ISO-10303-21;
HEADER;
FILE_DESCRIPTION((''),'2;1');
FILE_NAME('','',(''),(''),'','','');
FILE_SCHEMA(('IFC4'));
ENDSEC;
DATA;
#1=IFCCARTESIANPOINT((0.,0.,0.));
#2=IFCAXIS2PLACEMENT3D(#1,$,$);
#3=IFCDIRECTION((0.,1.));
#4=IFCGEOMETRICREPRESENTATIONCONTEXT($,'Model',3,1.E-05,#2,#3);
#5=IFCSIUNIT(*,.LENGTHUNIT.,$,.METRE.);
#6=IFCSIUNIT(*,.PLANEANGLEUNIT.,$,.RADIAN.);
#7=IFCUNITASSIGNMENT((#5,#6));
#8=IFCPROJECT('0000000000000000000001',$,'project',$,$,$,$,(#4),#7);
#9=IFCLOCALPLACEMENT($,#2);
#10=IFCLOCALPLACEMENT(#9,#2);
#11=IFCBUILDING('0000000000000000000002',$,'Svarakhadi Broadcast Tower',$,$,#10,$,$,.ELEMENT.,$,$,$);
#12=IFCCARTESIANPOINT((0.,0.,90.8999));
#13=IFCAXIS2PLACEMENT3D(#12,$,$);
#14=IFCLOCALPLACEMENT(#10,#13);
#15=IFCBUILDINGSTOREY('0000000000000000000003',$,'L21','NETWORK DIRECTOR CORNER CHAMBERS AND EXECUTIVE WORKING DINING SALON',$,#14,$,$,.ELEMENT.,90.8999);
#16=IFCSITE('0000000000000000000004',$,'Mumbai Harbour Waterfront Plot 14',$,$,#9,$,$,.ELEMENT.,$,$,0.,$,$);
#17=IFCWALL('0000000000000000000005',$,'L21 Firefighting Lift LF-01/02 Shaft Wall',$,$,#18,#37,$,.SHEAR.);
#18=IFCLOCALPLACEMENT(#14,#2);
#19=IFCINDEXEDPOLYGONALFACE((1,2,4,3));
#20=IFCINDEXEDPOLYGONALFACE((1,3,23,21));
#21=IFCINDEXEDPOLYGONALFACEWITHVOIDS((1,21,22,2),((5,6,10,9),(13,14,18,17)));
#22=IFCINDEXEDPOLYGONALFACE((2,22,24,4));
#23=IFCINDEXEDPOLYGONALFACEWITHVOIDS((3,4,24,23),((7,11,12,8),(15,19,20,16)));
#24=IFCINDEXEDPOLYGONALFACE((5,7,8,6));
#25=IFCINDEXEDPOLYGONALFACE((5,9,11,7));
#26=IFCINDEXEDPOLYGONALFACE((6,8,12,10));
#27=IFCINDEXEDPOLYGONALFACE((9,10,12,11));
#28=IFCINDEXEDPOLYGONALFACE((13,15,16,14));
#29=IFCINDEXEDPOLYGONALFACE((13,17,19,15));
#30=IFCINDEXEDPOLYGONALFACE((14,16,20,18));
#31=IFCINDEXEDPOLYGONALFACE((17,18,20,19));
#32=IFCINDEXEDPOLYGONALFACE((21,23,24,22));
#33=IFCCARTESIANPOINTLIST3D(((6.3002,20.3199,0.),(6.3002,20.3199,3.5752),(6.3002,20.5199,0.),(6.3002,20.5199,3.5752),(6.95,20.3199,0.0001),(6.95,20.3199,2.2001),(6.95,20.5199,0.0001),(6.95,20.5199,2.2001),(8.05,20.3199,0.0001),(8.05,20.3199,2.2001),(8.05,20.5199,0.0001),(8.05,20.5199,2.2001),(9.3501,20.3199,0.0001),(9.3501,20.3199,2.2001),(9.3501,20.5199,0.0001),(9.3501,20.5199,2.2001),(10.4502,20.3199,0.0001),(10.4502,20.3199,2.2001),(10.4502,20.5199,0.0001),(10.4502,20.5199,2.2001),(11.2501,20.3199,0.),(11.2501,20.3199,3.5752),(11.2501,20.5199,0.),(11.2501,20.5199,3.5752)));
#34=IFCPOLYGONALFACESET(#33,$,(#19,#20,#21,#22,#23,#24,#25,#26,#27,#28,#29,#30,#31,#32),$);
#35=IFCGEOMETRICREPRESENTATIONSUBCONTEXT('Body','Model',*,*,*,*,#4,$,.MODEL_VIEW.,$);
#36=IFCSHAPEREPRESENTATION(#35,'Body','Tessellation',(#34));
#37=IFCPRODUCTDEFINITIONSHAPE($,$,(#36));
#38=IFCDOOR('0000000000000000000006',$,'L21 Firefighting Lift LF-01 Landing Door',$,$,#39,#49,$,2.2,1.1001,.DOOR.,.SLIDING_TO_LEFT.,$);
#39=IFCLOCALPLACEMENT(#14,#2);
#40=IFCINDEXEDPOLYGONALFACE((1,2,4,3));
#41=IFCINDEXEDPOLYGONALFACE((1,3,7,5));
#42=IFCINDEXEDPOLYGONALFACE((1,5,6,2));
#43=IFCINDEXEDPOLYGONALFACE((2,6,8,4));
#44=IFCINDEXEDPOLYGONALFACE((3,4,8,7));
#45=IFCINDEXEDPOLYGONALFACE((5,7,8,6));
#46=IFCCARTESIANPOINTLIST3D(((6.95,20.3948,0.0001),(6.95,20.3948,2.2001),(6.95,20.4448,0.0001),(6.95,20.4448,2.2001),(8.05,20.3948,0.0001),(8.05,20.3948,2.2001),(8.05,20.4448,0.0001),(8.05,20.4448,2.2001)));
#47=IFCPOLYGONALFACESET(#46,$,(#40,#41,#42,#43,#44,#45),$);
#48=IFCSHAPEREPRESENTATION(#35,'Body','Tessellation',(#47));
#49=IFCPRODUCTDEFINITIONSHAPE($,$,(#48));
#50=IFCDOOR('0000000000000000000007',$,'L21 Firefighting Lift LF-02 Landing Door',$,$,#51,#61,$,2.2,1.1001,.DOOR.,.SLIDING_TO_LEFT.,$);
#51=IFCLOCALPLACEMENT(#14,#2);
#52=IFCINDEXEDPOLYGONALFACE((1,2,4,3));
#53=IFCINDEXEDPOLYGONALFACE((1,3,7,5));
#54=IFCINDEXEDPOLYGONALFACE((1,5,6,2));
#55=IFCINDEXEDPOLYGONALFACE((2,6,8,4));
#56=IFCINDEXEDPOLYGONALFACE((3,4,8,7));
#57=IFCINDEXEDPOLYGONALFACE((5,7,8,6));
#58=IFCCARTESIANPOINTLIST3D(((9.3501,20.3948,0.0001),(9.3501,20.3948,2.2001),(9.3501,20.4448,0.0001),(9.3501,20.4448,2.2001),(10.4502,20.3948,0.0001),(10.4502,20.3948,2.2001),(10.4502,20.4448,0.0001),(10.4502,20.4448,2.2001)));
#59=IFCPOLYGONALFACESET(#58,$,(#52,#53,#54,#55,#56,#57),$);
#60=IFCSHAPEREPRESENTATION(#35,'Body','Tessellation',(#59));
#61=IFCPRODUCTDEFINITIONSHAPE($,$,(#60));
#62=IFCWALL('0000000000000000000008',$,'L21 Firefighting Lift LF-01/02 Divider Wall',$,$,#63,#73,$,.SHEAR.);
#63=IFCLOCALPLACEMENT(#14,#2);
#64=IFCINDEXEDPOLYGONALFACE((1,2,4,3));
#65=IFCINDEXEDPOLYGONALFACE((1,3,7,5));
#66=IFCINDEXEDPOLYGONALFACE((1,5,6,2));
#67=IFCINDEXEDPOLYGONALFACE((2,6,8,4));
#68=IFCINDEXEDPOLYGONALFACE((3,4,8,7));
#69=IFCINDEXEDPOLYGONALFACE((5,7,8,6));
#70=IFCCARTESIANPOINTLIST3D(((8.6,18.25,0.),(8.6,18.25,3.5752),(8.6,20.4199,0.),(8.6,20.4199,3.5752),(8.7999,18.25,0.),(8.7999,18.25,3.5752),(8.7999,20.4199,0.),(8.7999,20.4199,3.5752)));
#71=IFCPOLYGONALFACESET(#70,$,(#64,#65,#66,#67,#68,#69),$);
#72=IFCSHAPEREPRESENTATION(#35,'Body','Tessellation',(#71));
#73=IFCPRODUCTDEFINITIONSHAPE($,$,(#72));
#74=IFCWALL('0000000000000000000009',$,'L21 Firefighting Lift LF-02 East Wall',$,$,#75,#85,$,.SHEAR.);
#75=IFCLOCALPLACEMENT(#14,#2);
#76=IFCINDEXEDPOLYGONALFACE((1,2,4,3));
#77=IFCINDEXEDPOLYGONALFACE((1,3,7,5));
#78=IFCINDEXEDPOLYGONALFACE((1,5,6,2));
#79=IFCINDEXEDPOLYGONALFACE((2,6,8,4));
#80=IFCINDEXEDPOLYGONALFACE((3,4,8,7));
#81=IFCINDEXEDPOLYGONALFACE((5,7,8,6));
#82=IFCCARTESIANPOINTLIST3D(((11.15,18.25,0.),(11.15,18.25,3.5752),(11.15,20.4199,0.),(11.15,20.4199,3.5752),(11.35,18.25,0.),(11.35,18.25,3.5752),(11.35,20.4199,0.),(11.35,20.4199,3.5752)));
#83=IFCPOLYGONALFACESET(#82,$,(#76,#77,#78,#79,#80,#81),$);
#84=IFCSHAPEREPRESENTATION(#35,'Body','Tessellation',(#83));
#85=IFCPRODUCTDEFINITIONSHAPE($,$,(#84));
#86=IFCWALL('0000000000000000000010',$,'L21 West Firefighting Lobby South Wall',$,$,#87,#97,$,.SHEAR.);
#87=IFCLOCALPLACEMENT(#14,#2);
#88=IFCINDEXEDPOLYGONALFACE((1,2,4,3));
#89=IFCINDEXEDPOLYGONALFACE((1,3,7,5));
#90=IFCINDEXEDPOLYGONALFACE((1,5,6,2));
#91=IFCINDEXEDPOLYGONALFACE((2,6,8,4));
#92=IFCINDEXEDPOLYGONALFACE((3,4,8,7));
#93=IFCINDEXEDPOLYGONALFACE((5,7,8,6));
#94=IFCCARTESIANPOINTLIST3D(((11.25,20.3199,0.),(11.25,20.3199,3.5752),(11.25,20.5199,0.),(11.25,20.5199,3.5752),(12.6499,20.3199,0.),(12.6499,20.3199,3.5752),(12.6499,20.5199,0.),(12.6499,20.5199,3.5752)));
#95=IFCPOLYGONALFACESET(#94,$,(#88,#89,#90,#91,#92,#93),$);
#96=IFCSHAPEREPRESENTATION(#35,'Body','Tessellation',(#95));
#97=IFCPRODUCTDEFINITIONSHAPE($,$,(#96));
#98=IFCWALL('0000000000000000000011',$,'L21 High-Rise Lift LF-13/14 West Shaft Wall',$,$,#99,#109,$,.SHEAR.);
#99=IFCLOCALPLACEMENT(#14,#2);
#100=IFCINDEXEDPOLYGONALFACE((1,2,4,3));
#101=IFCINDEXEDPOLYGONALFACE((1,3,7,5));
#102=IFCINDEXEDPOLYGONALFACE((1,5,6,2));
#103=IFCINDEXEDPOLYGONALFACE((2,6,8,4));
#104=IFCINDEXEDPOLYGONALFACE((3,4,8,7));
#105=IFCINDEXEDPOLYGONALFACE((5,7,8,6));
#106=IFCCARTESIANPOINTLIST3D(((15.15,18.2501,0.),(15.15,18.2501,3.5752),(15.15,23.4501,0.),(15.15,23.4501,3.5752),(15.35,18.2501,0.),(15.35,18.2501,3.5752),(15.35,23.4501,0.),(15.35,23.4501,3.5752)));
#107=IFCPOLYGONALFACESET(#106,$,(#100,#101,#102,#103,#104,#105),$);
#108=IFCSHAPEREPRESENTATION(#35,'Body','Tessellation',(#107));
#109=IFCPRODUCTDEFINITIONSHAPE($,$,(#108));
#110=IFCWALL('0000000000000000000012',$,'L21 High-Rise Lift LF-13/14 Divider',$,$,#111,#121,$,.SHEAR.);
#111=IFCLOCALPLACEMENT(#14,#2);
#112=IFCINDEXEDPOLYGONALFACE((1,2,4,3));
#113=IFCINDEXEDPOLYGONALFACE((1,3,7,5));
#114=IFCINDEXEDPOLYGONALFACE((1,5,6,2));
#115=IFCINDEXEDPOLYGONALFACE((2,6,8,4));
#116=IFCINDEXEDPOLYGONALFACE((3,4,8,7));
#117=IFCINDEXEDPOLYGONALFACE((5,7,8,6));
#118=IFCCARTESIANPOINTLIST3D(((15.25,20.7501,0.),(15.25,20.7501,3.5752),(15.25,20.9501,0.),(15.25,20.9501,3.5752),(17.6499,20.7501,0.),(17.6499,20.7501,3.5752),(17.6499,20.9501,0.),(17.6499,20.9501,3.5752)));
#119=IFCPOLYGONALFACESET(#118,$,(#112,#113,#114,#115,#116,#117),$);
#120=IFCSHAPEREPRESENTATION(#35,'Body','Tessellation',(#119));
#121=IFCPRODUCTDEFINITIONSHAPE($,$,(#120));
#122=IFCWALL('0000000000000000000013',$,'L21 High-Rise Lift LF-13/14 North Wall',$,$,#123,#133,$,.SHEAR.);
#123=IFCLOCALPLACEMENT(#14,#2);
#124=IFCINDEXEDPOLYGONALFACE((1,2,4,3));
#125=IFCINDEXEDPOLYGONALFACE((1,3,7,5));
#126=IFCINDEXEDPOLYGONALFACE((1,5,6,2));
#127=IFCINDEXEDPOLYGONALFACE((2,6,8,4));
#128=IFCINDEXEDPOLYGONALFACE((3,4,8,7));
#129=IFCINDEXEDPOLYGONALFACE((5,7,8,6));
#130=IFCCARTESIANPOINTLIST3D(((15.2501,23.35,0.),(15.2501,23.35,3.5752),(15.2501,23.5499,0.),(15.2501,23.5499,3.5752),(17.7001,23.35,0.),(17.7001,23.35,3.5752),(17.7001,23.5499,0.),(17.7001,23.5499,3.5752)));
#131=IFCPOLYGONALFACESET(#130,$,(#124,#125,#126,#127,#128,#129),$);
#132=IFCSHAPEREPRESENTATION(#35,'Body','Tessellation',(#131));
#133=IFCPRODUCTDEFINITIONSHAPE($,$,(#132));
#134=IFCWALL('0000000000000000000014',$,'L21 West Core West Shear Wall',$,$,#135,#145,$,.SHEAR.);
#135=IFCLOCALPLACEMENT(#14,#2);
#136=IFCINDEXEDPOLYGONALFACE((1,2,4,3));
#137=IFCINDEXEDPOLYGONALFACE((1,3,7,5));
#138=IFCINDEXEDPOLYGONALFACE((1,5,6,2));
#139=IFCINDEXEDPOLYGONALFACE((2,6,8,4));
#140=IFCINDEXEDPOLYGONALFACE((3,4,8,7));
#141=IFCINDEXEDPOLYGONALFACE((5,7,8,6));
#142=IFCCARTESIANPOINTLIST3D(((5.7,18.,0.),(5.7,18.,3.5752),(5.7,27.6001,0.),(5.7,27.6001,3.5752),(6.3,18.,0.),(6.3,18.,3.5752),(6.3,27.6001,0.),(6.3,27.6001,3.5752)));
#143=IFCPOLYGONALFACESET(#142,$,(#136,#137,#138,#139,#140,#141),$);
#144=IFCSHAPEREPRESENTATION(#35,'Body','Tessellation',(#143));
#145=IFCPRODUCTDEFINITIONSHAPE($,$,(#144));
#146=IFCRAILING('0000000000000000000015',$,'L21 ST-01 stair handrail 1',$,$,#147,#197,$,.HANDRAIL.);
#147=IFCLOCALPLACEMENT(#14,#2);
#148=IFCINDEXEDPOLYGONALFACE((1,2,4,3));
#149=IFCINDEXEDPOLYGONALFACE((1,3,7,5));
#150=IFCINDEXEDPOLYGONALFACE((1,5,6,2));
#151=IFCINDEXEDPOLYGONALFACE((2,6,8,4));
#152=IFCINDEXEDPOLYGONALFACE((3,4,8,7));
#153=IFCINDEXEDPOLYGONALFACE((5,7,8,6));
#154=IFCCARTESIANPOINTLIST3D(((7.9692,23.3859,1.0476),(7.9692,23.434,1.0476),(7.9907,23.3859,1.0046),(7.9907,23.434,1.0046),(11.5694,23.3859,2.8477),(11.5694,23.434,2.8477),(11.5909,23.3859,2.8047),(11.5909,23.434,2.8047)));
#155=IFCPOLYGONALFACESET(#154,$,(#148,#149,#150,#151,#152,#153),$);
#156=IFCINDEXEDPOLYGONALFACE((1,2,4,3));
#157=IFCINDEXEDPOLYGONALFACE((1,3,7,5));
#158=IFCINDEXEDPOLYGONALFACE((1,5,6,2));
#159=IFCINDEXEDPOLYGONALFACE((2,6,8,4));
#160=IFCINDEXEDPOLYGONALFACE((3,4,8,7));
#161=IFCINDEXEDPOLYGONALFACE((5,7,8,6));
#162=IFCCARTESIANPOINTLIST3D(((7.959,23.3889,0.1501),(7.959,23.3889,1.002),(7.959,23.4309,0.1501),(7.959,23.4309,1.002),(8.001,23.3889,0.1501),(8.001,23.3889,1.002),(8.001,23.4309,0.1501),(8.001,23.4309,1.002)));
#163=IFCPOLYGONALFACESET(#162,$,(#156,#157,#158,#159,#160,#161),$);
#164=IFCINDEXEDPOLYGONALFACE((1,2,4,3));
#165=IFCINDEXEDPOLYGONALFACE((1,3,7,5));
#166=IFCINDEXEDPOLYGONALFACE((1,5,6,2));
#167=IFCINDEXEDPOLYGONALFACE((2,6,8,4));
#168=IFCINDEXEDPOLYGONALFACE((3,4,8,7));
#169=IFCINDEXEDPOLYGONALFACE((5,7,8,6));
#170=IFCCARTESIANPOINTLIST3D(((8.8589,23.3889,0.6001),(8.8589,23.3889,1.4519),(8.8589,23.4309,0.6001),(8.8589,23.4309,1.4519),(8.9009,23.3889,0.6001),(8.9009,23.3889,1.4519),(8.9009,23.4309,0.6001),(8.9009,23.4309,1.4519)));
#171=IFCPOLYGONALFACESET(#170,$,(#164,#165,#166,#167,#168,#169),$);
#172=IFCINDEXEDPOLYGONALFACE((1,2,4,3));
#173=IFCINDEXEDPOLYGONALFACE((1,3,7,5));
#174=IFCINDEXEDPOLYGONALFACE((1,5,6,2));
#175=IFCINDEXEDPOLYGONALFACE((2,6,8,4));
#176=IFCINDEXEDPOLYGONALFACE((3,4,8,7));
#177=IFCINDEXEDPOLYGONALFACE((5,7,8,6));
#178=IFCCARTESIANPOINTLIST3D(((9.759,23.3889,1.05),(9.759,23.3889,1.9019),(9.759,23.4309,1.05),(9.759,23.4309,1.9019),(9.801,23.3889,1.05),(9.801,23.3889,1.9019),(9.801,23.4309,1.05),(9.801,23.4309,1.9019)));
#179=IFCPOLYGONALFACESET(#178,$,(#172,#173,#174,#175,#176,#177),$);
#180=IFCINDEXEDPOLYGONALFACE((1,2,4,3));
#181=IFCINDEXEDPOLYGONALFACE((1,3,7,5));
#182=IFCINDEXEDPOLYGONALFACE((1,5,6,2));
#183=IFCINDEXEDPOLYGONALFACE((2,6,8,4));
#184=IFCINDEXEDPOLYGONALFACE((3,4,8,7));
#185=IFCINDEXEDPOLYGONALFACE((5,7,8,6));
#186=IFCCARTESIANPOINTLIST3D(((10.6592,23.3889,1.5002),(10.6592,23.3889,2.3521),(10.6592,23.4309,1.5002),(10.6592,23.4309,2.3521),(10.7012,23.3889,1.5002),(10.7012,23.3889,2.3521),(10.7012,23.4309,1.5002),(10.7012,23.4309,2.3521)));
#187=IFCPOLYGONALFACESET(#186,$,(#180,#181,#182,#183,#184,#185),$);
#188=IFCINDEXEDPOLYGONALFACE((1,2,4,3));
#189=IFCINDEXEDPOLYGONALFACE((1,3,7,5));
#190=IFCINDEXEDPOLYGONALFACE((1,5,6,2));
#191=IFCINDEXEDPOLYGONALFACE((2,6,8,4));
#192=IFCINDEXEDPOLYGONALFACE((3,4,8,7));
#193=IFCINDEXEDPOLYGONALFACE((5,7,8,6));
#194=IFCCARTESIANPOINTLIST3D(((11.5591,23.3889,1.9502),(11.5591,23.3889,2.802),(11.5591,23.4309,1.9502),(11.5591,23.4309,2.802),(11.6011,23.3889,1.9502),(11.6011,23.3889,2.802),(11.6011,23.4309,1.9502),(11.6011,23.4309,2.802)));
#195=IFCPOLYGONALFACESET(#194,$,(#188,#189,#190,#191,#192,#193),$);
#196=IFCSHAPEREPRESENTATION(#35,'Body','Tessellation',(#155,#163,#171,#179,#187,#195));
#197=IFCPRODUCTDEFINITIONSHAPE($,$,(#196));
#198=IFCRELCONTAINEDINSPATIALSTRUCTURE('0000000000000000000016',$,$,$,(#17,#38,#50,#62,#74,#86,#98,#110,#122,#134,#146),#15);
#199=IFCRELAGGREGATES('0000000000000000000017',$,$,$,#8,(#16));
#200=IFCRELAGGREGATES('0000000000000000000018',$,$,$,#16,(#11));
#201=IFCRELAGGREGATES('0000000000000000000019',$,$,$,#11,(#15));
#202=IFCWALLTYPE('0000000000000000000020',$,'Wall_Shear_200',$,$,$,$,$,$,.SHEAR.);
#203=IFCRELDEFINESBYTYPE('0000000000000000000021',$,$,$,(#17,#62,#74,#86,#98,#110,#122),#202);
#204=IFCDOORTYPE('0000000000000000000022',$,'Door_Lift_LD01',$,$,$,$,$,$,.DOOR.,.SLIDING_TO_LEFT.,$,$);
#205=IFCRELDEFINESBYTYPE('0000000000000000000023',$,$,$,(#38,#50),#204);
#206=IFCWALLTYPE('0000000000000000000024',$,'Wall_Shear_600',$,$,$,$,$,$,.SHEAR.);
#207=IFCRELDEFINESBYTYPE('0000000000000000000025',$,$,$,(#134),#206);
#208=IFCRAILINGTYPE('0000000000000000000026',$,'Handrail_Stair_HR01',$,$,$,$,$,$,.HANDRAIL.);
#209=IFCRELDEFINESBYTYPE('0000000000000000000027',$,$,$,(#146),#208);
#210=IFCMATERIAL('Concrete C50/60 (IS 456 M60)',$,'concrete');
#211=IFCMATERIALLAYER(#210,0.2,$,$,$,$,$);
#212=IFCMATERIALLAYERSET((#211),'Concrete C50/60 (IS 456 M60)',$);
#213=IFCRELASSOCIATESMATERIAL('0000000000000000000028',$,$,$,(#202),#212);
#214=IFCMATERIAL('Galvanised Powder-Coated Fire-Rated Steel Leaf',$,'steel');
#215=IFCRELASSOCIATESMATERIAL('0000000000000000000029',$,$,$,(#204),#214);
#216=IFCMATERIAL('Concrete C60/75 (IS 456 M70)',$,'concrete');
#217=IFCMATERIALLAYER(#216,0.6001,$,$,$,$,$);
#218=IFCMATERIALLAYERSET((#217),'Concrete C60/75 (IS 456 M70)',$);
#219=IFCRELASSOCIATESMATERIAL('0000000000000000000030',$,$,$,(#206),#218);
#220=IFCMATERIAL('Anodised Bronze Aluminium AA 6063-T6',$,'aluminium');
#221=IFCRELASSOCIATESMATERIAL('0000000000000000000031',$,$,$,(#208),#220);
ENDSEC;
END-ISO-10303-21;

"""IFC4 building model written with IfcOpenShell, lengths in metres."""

from ifc_helpers import new_model, si_unit, direction, frame, frame_2d, origin, origin_2d, place, context, subcontext, project, spatial, rectangle, extrude, material, layer, layer_set, type_object, element, fill, save


model = new_model("IFC4")

# Units and contexts
model_context = context("Model", 3, precision=1e-05, world=origin(), true_north=direction((0.0, 1.0)))
body_context = subcontext(model_context, "Body", "Model", "MODEL_VIEW")
ifc_project = project(units=[si_unit("LENGTHUNIT", "METRE"), si_unit("PLANEANGLEUNIT", "RADIAN")], contexts=[model_context])

# Site, building, storey
site_placement = place(None, origin())
site = spatial("IfcSite", under=ifc_project, at=site_placement, Name="Mumbai Harbour Waterfront Plot 14", CompositionType="ELEMENT", RefElevation=0.0)
building_placement = place(site_placement, origin())
building = spatial("IfcBuilding", under=site, at=building_placement, Name="Svarakhadi Broadcast Tower", CompositionType="ELEMENT")
storey_placement = place(building_placement, frame((0.0, 0.0, 90.8999)))
storey = spatial("IfcBuildingStorey", under=building, at=storey_placement, Name="L21", Description="NETWORK DIRECTOR CORNER CHAMBERS AND EXECUTIVE WORKING DINING SALON", CompositionType="ELEMENT", Elevation=90.8999)

# Shared definitions
ifc_material_1 = material(Name="Concrete C60/75 (IS 456 M70)", Category="concrete")

# Shared definitions
ifc_material_2 = material(Name="Concrete C50/60 (IS 456 M60)", Category="concrete")

# Shared definitions
ifc_layer_1 = layer(ifc_material_2, 0.2)
ifc_layer_set_1 = layer_set([ifc_layer_1], Name="Concrete C50/60 (IS 456 M60)")
wall_type_1 = type_object("IfcWallType", Name="Wall_Shear_200", PredefinedType="SHEAR", material=ifc_layer_set_1)
ifc_material_3 = material(Name="Galvanised Powder-Coated Fire-Rated Steel Leaf", Category="steel")

# Wall, openings, doors
wall_1_placement = place(storey_placement, frame((6.3, 20.4199, 0.0), z_axis=(0.0, 0.0, 1.0), x_axis=(1.0, 0.0, 0.0)))
wall_1 = element("IfcWall", 1, at=wall_1_placement, inside=storey, type_object=wall_type_1, Name="L21 Firefighting Lift LF-01/02 Shaft Wall", PredefinedType="SHEAR", context=body_context, shape_type="SweptSolid", body=[
    extrude(rectangle(XDim=4.95, YDim=0.2, at=frame_2d((2.4751, 0.0))), origin(), (0.0, 0.0, 1.0), 3.5752),
])
opening_1_placement = place(wall_1_placement, frame((0.6499, 0.0, 0.0)))
opening_1 = element("IfcOpeningElement", 2, at=opening_1_placement, cuts=wall_1, PredefinedType="OPENING", context=body_context, shape_type="SweptSolid", body=[
    extrude(rectangle(XDim=1.1001, YDim=2.2, at=frame_2d((0.55, 1.1001))), frame((0.0, 0.1099, 0.0), z_axis=(0.0, -1.0, 0.0), x_axis=(1.0, 0.0, 0.0)), (0.0, 0.0, 1.0), 0.22),
])
opening_2_placement = place(wall_1_placement, frame((3.05, 0.0, 0.0)))
opening_2 = element("IfcOpeningElement", 3, at=opening_2_placement, cuts=wall_1, PredefinedType="OPENING", context=body_context, shape_type="SweptSolid", body=[
    extrude(rectangle(XDim=1.1001, YDim=2.2, at=frame_2d((0.55, 1.1001))), frame((0.0, 0.1099, 0.0), z_axis=(0.0, -1.0, 0.0), x_axis=(1.0, 0.0, 0.0)), (0.0, 0.0, 1.0), 0.22),
])
door_type_1 = type_object("IfcDoorType", Name="Door_Lift_LD01", OperationType="SLIDING_TO_LEFT", PredefinedType="DOOR", material=ifc_material_3)
door_1_placement = place(opening_1_placement, origin())
door_1 = element("IfcDoor", 4, at=door_1_placement, inside=storey, type_object=door_type_1, Name="L21 Firefighting Lift LF-01 Landing Door", OperationType="SLIDING_TO_LEFT", OverallHeight=2.2, OverallWidth=1.1001, PredefinedType="DOOR", context=body_context, shape_type="SweptSolid", body=[
    extrude(rectangle(XDim=1.1001, YDim=2.2, at=frame_2d((0.55, 1.1001))), frame((0.0, 0.0249, 0.0), z_axis=(0.0, -1.0, 0.0), x_axis=(1.0, 0.0, 0.0)), (0.0, 0.0, 1.0), 0.05),
])
fill(opening_1, door_1)
door_2_placement = place(opening_2_placement, origin())
door_2 = element("IfcDoor", 5, at=door_2_placement, inside=storey, type_object=door_type_1, Name="L21 Firefighting Lift LF-02 Landing Door", OperationType="SLIDING_TO_LEFT", OverallHeight=2.2, OverallWidth=1.1001, PredefinedType="DOOR", context=body_context, shape_type="SweptSolid", body=[
    extrude(rectangle(XDim=1.1001, YDim=2.2, at=frame_2d((0.55, 1.1001))), frame((0.0, 0.0249, 0.0), z_axis=(0.0, -1.0, 0.0), x_axis=(1.0, 0.0, 0.0)), (0.0, 0.0, 1.0), 0.05),
])
fill(opening_2, door_2)

# Walls
for number, where, z_axis, x_axis, name in (
    (6, (8.7, 18.25, 0.0), (0.0, 0.0, 1.0), (0.0, 1.0, 0.0), "L21 Firefighting Lift LF-01/02 Divider Wall"),
    (7, (11.25, 18.25, 0.0), (0.0, 0.0, 1.0), (0.0, 1.0, 0.0), "L21 Firefighting Lift LF-02 East Wall"),
):
    element("IfcWall", number, at=place(storey_placement, frame(where, z_axis=z_axis, x_axis=x_axis)), inside=storey, type_object=wall_type_1, Name=name, PredefinedType="SHEAR", context=body_context, shape_type="SweptSolid", body=[
        extrude(rectangle(XDim=2.1699, YDim=0.2, at=frame_2d((1.085, 0.0))), origin(), (0.0, 0.0, 1.0), 3.5752),
    ])
wall_2_placement = place(storey_placement, frame((11.25, 20.4199, 0.0), z_axis=(0.0, 0.0, 1.0), x_axis=(1.0, 0.0, 0.0)))
element("IfcWall", 8, at=wall_2_placement, inside=storey, type_object=wall_type_1, Name="L21 West Firefighting Lobby South Wall", PredefinedType="SHEAR", context=body_context, shape_type="SweptSolid", body=[
    extrude(rectangle(XDim=1.3999, YDim=0.2, at=frame_2d((0.7, 0.0))), origin(), (0.0, 0.0, 1.0), 3.5752),
])

# Walls
wall_3_placement = place(storey_placement, frame((15.25, 18.25, 0.0), z_axis=(0.0, 0.0, 1.0), x_axis=(0.0, 1.0, 0.0)))
element("IfcWall", 9, at=wall_3_placement, inside=storey, type_object=wall_type_1, Name="L21 High-Rise Lift LF-13/14 West Shaft Wall", PredefinedType="SHEAR", context=body_context, shape_type="SweptSolid", body=[
    extrude(rectangle(XDim=5.2, YDim=0.2, at=frame_2d((2.6001, 0.0))), origin(), (0.0, 0.0, 1.0), 3.5752),
])
wall_4_placement = place(storey_placement, frame((15.25, 20.8501, 0.0), z_axis=(0.0, 0.0, 1.0), x_axis=(1.0, 0.0, 0.0)))
element("IfcWall", 10, at=wall_4_placement, inside=storey, type_object=wall_type_1, Name="L21 High-Rise Lift LF-13/14 Divider", PredefinedType="SHEAR", context=body_context, shape_type="SweptSolid", body=[
    extrude(rectangle(XDim=2.3999, YDim=0.2, at=frame_2d((1.2, 0.0))), origin(), (0.0, 0.0, 1.0), 3.5752),
])
wall_5_placement = place(storey_placement, frame((15.25, 23.45, 0.0), z_axis=(0.0, 0.0, 1.0), x_axis=(1.0, 0.0, 0.0)))
element("IfcWall", 11, at=wall_5_placement, inside=storey, type_object=wall_type_1, Name="L21 High-Rise Lift LF-13/14 North Wall", PredefinedType="SHEAR", context=body_context, shape_type="SweptSolid", body=[
    extrude(rectangle(XDim=2.45, YDim=0.2, at=frame_2d((1.2251, 0.0))), origin(), (0.0, 0.0, 1.0), 3.5752),
])
ifc_layer_2 = layer(ifc_material_1, 0.6001)
ifc_layer_set_2 = layer_set([ifc_layer_2], Name="Concrete C60/75 (IS 456 M70)")
wall_type_2 = type_object("IfcWallType", Name="Wall_Shear_600", PredefinedType="SHEAR", material=ifc_layer_set_2)
wall_6_placement = place(storey_placement, frame((6.0, 18.0, 0.0), z_axis=(0.0, 0.0, 1.0), x_axis=(0.0, 1.0, 0.0)))
element("IfcWall", 12, at=wall_6_placement, inside=storey, type_object=wall_type_2, Name="L21 West Core West Shear Wall", PredefinedType="SHEAR", context=body_context, shape_type="SweptSolid", body=[
    extrude(rectangle(XDim=9.6001, YDim=0.6001, at=frame_2d((4.8, 0.0))), origin(), (0.0, 0.0, 1.0), 3.5752),
])

# Railing
ifc_material_4 = material(Name="Anodised Bronze Aluminium AA 6063-T6", Category="aluminium")
railing_type = type_object("IfcRailingType", Name="Handrail_Stair_HR01", PredefinedType="HANDRAIL", material=ifc_material_4)
railing_placement = place(storey_placement, frame((7.98, 23.4099, 0.1501)))
element("IfcRailing", 13, at=railing_placement, inside=storey, type_object=railing_type, Name="L21 ST-01 stair handrail 1", PredefinedType="HANDRAIL", context=body_context, shape_type="SweptSolid", body=[
    extrude(rectangle(XDim=0.0481, YDim=0.0481, at=origin_2d()), frame((0.0, 0.0, 0.876), z_axis=(0.894427, 0.0, 0.447214), x_axis=(0.0, 1.0, 0.0)), (0.0, 0.0, 1.0), 4.0251),
    extrude(rectangle(XDim=0.042, YDim=0.042, at=origin_2d()), origin(), (0.0, 0.0, 1.0), 0.8518),
    extrude(rectangle(XDim=0.042, YDim=0.042, at=origin_2d()), frame((0.8999, 0.0, 0.45)), (0.0, 0.0, 1.0), 0.8518),
    extrude(rectangle(XDim=0.042, YDim=0.042, at=origin_2d()), frame((1.8, 0.0, 0.8999)), (0.0, 0.0, 1.0), 0.8518),
    extrude(rectangle(XDim=0.042, YDim=0.042, at=origin_2d()), frame((2.7002, 0.0, 1.3501)), (0.0, 0.0, 1.0), 0.8518),
    extrude(rectangle(XDim=0.042, YDim=0.042, at=origin_2d()), frame((3.6001, 0.0, 1.8)), (0.0, 0.0, 1.0), 0.8518),
])

save(model, "model.ifc")
